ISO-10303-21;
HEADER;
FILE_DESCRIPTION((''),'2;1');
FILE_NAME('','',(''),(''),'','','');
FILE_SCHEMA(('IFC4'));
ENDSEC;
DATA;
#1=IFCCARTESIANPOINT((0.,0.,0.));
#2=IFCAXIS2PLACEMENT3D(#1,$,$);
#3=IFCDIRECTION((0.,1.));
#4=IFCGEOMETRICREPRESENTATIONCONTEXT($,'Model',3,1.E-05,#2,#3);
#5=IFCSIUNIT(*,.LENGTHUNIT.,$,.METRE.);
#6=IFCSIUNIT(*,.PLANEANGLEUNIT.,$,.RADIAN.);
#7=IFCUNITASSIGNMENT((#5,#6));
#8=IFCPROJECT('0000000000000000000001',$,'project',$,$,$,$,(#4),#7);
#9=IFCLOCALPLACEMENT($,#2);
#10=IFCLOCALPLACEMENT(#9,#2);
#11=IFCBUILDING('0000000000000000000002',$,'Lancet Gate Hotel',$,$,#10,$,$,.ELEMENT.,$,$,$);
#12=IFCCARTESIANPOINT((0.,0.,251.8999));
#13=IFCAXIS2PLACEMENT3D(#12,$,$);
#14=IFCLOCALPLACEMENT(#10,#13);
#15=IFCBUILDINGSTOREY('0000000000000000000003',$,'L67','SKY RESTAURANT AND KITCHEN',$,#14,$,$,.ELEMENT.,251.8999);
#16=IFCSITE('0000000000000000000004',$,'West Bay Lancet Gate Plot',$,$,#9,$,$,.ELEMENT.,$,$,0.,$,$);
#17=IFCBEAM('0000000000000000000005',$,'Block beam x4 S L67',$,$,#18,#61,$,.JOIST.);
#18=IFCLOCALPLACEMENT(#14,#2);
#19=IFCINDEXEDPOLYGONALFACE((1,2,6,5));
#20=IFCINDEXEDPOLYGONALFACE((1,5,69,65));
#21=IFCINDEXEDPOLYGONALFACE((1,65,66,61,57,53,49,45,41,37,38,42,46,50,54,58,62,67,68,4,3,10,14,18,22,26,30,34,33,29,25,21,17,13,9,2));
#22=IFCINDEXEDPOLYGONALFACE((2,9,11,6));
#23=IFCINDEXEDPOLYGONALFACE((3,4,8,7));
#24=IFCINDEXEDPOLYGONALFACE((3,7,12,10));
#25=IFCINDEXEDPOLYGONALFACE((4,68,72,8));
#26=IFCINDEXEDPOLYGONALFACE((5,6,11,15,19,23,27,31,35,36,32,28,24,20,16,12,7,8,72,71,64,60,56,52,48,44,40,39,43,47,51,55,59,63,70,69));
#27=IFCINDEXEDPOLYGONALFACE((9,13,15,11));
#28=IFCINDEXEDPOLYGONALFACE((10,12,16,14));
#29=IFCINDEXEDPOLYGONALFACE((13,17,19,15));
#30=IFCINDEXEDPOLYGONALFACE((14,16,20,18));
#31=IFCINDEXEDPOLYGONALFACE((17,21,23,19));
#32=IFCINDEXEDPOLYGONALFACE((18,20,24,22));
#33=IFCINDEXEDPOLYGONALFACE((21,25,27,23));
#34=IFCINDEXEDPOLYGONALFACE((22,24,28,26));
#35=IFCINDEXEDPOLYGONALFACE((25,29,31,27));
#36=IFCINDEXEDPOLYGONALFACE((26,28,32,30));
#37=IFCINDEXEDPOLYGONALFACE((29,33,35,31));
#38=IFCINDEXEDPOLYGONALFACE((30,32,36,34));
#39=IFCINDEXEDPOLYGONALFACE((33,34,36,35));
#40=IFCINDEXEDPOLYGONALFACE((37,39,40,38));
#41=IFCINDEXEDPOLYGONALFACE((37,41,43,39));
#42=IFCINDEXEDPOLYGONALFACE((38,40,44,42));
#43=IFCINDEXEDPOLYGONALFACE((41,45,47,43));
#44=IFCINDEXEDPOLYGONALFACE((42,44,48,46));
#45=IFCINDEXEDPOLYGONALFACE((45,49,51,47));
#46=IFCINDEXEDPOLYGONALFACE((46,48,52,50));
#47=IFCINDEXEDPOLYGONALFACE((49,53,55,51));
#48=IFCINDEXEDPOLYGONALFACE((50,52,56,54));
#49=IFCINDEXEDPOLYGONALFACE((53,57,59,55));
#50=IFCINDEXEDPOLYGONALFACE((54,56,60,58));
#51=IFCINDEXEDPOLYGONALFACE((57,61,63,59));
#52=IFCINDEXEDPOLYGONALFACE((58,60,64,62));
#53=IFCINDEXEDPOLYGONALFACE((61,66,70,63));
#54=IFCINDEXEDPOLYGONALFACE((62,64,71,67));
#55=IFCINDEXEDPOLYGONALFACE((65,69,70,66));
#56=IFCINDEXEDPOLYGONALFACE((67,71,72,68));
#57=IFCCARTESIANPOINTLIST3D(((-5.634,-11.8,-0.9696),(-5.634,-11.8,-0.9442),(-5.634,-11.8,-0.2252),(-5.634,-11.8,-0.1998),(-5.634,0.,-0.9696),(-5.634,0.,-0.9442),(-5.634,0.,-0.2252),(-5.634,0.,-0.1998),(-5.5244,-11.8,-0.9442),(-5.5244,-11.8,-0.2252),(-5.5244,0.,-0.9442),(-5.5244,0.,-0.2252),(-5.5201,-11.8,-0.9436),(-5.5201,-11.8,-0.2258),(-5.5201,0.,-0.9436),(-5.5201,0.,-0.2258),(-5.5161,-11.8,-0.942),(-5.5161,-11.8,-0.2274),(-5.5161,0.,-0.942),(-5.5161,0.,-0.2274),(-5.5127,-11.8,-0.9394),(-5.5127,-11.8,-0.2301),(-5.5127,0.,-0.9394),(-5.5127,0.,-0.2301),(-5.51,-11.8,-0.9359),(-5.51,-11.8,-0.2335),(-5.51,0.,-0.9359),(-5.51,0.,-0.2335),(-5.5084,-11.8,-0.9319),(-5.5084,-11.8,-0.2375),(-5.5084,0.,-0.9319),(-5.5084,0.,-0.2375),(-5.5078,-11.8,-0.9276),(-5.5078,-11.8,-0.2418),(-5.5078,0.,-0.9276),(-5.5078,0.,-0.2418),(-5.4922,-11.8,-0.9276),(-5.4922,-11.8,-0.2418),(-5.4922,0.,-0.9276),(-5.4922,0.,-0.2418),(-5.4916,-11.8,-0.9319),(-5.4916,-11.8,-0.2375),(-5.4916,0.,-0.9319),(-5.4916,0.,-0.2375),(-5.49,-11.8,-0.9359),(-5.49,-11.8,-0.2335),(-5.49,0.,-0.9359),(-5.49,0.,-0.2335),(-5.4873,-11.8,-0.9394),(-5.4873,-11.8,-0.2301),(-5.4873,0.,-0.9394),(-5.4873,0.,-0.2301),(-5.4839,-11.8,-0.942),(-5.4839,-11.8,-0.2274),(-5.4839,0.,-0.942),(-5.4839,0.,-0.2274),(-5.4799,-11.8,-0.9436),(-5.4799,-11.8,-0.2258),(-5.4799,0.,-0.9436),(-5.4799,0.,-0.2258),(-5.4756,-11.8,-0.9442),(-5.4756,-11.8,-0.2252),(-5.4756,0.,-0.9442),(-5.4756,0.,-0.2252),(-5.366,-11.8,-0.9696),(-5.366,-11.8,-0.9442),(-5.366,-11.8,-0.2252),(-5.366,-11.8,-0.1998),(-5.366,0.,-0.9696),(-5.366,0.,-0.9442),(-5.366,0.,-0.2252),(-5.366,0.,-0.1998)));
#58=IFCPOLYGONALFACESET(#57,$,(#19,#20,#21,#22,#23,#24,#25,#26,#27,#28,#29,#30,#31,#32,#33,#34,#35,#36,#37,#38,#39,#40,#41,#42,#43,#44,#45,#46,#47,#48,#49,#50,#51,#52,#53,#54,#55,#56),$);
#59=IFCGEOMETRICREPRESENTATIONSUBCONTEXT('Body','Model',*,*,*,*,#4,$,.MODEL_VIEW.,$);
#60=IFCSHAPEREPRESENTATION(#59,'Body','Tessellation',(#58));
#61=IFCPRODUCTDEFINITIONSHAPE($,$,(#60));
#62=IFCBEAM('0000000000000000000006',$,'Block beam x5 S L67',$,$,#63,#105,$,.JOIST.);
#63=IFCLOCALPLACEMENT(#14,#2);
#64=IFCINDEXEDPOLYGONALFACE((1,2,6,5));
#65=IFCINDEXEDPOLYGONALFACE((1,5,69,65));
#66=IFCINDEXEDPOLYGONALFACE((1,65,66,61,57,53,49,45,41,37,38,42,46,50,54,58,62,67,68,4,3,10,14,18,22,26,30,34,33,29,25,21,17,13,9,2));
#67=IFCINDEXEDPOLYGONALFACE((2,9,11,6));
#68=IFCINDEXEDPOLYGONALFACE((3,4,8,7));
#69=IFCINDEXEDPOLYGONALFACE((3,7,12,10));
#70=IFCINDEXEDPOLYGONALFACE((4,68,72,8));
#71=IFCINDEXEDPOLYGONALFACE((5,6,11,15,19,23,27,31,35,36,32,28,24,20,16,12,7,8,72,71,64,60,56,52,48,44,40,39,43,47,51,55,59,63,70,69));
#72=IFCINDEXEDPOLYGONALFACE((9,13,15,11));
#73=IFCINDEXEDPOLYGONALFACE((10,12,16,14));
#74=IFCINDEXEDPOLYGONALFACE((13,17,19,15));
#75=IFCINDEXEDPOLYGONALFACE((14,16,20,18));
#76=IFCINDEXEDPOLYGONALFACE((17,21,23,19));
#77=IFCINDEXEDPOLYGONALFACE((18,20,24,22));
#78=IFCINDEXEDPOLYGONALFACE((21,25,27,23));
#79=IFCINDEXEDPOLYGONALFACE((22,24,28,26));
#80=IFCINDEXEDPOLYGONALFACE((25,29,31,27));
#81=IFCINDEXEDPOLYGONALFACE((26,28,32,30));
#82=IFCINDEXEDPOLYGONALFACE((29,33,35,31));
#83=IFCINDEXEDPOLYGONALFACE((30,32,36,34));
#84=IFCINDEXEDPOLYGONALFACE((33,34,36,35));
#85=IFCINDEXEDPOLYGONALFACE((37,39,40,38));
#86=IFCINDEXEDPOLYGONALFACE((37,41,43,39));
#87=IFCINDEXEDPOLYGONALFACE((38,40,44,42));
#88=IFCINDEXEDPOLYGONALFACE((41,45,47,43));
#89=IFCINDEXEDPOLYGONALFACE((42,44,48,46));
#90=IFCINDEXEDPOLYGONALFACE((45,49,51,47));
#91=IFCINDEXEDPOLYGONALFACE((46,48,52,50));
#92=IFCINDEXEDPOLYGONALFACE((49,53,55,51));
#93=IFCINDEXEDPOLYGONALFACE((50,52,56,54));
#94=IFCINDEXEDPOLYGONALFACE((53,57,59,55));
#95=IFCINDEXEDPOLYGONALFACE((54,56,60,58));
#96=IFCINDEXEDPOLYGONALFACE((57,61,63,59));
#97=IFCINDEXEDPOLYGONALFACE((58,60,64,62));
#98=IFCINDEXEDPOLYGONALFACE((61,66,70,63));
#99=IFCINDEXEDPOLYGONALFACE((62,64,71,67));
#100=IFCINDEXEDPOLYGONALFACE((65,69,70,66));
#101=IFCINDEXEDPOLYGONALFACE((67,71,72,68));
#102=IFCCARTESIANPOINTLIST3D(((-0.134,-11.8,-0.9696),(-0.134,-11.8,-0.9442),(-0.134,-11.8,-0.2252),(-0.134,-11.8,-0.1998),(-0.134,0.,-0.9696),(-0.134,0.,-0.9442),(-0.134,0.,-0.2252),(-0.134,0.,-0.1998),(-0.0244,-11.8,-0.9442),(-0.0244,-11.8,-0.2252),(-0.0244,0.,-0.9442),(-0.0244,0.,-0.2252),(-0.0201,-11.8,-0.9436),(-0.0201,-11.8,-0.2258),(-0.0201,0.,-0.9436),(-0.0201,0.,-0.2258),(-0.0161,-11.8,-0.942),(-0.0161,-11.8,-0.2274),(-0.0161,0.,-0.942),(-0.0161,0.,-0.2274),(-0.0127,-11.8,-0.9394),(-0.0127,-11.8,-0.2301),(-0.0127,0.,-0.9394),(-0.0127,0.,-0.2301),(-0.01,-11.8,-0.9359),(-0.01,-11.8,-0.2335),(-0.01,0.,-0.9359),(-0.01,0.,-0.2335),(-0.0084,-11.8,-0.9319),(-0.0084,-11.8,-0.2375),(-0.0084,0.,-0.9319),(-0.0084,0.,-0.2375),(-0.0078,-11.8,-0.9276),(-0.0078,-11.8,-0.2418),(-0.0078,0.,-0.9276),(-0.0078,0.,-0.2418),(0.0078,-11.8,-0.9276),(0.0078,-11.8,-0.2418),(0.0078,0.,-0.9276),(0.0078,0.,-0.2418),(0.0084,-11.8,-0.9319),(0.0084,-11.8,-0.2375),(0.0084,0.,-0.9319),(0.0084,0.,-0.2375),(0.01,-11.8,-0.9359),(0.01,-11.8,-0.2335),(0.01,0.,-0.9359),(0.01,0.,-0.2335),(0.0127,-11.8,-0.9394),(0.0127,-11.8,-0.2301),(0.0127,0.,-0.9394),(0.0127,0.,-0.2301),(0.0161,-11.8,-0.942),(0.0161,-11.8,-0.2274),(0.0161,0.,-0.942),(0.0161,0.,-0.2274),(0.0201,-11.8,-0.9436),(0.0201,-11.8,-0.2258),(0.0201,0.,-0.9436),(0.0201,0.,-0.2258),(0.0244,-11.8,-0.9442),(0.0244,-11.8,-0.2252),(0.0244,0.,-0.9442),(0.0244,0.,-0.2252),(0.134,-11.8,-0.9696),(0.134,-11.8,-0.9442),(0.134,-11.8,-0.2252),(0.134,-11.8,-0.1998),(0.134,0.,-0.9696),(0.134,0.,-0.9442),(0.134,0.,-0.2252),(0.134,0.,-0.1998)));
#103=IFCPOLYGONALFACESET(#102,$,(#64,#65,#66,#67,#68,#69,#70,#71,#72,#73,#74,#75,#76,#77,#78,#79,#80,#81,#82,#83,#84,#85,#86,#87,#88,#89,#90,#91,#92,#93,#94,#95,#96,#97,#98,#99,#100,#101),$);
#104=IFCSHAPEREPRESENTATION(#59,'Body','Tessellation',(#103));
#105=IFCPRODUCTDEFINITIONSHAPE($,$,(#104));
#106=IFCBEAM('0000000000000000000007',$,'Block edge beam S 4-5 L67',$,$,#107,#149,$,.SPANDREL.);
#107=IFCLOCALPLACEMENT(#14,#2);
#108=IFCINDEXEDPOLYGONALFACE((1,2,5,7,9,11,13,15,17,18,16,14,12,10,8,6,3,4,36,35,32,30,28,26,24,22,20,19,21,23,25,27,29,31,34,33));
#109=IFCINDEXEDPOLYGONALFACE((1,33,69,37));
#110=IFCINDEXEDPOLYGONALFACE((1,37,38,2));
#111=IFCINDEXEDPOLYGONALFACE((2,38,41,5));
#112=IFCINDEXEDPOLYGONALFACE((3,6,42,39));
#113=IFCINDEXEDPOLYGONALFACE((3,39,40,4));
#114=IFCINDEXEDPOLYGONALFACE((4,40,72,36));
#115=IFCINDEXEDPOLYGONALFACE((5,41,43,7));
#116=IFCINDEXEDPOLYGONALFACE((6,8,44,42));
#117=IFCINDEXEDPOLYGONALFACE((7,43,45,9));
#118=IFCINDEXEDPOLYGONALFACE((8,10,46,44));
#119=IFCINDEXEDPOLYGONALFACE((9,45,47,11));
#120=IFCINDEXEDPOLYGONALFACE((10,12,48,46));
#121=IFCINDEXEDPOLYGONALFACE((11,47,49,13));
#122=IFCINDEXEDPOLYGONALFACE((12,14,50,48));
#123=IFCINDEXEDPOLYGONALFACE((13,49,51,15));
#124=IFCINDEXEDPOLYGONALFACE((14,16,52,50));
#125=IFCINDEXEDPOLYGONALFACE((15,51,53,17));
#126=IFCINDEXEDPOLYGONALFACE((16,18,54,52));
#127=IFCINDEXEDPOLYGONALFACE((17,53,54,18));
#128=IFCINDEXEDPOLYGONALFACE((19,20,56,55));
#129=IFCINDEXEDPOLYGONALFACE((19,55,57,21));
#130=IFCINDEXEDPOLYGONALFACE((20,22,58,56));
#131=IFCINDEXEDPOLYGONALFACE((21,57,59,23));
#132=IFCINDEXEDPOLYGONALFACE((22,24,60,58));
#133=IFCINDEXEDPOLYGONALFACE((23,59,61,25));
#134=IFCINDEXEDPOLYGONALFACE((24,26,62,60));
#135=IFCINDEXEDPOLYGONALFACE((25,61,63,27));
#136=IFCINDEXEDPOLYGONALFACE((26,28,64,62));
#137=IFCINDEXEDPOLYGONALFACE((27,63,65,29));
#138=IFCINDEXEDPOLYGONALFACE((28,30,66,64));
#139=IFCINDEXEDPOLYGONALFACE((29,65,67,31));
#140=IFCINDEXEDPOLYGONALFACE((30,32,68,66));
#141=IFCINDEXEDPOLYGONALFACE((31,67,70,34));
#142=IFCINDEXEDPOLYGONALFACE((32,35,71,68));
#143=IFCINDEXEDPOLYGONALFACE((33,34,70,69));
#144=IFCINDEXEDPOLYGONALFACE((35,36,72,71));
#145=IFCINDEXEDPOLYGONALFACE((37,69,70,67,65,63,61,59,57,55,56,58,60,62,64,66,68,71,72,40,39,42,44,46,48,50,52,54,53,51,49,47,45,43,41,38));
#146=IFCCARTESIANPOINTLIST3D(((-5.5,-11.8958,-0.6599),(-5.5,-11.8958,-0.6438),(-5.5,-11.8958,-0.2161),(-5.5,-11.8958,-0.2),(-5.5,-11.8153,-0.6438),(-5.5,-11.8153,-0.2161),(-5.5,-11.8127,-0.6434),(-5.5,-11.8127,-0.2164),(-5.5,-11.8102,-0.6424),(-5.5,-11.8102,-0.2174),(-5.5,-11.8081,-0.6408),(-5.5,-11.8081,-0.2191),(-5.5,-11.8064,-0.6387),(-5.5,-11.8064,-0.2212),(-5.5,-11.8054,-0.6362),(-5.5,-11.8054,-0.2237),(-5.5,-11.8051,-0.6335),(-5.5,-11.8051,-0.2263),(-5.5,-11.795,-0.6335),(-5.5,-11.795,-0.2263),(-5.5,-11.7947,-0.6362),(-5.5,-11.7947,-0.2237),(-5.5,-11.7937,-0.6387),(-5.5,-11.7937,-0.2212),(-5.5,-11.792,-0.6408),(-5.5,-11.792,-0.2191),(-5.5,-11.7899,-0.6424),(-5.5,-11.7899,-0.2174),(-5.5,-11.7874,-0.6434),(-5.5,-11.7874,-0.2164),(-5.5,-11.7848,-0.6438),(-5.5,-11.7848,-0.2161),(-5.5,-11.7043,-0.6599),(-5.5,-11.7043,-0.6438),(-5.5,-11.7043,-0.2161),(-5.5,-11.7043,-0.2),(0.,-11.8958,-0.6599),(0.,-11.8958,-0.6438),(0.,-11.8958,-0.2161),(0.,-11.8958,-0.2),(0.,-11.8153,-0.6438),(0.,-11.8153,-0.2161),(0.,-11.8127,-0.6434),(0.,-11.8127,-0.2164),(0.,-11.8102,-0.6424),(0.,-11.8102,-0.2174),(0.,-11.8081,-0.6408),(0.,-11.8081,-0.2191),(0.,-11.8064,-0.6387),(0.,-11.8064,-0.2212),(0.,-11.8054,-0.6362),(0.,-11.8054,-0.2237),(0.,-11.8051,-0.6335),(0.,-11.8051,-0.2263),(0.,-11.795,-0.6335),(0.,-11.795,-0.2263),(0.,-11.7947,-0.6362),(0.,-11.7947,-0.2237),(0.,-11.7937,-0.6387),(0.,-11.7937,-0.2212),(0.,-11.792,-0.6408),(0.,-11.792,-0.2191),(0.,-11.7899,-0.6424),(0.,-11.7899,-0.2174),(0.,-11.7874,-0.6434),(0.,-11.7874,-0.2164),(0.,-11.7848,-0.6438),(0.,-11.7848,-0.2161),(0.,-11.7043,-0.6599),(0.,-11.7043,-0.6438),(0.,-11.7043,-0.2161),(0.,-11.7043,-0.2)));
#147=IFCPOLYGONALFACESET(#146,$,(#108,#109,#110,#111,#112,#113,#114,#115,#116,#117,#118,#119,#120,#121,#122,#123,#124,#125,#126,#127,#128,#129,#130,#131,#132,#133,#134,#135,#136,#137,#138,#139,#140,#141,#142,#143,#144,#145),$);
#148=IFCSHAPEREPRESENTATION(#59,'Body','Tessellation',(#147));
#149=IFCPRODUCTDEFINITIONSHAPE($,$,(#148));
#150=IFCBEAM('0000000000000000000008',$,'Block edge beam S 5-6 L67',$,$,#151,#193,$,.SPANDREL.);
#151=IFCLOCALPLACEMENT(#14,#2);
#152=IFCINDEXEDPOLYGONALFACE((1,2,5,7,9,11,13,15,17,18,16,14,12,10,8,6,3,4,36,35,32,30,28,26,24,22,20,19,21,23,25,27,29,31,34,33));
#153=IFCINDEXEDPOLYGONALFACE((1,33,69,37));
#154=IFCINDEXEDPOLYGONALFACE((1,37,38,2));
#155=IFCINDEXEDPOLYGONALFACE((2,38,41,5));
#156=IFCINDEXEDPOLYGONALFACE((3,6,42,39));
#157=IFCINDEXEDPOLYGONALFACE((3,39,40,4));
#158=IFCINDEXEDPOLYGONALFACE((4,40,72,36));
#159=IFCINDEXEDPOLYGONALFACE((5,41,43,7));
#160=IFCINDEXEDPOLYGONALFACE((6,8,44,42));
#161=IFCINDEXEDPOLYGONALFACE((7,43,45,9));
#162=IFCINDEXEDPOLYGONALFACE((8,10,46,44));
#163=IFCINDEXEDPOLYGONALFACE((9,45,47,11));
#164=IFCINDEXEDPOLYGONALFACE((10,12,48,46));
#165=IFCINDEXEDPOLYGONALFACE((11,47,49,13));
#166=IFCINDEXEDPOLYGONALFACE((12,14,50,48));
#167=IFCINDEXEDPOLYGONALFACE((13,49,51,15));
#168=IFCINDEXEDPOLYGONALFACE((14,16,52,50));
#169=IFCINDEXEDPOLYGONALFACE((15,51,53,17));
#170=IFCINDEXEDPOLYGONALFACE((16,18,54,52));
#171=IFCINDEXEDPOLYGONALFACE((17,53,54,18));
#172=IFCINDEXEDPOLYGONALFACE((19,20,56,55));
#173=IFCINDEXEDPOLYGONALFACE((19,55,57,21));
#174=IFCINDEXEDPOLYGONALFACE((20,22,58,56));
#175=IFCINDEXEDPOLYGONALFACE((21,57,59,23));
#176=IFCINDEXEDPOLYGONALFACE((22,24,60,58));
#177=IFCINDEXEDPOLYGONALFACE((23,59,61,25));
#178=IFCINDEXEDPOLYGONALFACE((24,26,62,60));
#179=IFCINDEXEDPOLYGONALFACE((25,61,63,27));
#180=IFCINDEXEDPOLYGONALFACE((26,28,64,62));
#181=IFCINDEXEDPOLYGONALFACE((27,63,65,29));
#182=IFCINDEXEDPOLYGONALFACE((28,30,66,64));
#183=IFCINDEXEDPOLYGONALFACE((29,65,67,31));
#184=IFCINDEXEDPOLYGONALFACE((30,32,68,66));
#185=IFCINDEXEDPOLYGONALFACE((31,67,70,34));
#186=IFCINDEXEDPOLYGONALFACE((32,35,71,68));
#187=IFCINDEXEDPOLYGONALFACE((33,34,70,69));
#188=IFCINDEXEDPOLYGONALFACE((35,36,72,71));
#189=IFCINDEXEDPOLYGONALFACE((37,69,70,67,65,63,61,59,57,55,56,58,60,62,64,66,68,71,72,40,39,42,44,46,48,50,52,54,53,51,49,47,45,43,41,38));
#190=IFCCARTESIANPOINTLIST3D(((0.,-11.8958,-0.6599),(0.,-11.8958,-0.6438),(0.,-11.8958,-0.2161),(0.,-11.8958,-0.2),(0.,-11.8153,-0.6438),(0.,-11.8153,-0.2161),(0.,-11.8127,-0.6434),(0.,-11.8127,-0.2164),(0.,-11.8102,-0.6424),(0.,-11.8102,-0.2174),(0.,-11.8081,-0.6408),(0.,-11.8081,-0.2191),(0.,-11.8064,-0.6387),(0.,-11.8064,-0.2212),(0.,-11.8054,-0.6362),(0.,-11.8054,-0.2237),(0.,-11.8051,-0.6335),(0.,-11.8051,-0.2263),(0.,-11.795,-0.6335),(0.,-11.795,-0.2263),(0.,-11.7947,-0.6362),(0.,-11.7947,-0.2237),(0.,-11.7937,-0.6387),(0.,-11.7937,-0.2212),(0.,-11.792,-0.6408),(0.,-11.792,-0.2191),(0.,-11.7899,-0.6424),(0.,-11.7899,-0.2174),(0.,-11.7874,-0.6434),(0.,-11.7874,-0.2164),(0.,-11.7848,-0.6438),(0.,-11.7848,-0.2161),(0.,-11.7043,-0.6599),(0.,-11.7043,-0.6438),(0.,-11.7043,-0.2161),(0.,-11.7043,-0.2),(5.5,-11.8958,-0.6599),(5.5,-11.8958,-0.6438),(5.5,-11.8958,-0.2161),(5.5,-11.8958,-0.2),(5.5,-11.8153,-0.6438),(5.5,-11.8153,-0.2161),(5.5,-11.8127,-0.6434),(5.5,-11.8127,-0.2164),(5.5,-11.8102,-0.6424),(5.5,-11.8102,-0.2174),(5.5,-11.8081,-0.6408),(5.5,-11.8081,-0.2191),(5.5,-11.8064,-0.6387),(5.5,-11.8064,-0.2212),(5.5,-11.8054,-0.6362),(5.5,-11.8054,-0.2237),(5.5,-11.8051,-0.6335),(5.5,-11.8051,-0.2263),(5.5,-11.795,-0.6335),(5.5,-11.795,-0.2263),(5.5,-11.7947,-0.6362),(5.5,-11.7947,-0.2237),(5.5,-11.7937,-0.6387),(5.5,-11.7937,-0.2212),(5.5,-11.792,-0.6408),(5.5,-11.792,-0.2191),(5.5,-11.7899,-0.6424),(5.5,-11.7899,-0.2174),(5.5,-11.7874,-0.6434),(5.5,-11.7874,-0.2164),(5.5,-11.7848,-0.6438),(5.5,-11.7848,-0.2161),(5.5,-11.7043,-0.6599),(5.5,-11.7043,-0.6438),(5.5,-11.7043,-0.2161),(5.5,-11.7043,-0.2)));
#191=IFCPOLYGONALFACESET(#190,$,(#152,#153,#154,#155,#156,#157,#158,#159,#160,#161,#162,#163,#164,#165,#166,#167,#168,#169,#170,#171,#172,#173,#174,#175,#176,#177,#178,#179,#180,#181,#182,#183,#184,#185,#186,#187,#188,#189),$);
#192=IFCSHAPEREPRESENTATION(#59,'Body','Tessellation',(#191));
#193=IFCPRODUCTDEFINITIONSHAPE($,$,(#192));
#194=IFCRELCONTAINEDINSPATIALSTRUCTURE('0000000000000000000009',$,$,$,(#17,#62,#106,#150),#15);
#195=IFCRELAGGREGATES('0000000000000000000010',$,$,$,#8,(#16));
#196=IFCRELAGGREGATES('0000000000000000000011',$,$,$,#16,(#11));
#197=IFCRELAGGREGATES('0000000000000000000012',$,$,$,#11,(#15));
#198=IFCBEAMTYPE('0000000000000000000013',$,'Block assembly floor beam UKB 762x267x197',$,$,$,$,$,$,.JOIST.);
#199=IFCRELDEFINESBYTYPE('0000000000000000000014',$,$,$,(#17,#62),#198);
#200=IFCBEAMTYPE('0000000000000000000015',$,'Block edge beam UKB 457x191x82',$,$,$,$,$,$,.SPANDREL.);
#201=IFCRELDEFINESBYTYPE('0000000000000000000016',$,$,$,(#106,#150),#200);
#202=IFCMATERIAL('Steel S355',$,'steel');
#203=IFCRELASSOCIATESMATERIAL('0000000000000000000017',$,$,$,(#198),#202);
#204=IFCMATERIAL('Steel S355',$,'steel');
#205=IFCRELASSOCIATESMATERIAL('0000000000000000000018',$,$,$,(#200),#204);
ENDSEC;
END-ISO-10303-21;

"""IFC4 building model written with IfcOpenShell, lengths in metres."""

from ifc_helpers import new_model, si_unit, direction, frame, origin, origin_2d, place, context, subcontext, project, spatial, i_section, extrude, material, material_profile, profile_set, type_object, element, save


model = new_model("IFC4")

# Units and contexts
model_context = context("Model", 3, precision=1e-05, world=origin(), true_north=direction((0.0, 1.0)))
body_context = subcontext(model_context, "Body", "Model", "MODEL_VIEW")
ifc_project = project(units=[si_unit("LENGTHUNIT", "METRE"), si_unit("PLANEANGLEUNIT", "RADIAN")], contexts=[model_context])

# Site, building, storey
site_placement = place(None, origin())
site = spatial("IfcSite", under=ifc_project, at=site_placement, Name="West Bay Lancet Gate Plot", CompositionType="ELEMENT", RefElevation=0.0)
building_placement = place(site_placement, origin())
building = spatial("IfcBuilding", under=site, at=building_placement, Name="Lancet Gate Hotel", CompositionType="ELEMENT")
storey_placement = place(building_placement, frame((0.0, 0.0, 251.8999)))
storey = spatial("IfcBuildingStorey", under=building, at=storey_placement, Name="L67", Description="SKY RESTAURANT AND KITCHEN", CompositionType="ELEMENT", Elevation=251.8999)

# Beams
ifc_material_1 = material(Name="Steel S355", Category="steel")
ifc_material_profile_1 = material_profile(ifc_material_1, i_section(OverallWidth=0.2681, OverallDepth=0.7698, WebThickness=0.0156, FlangeThickness=0.0254, FilletRadius=0.0166, at=origin_2d()), Name="UKB 762x267x197")
ifc_profile_set_1 = profile_set([ifc_material_profile_1], Name="Steel S355")
beam_type_1 = type_object("IfcBeamType", Name="Block assembly floor beam UKB 762x267x197", PredefinedType="JOIST", material=ifc_profile_set_1)
for number, where, z_axis, x_axis, name in (
    (1, (-5.5, -11.8, -0.5847), (0.0, 1.0, 0.0), (-1.0, 0.0, 0.0), "Block beam x4 S L67"),
    (2, (0.0, -11.8, -0.5847), (0.0, 1.0, 0.0), (-1.0, 0.0, 0.0), "Block beam x5 S L67"),
):
    element("IfcBeam", number, at=place(storey_placement, frame(where, z_axis=z_axis, x_axis=x_axis)), inside=storey, type_object=beam_type_1, Name=name, PredefinedType="JOIST", context=body_context, shape_type="SweptSolid", body=[
        extrude(i_section(OverallWidth=0.2681, OverallDepth=0.7698, WebThickness=0.0156, FlangeThickness=0.0254, FilletRadius=0.0166, at=origin_2d()), origin(), (0.0, 0.0, 1.0), 11.8),
    ])
ifc_material_2 = material(Name="Steel S355", Category="steel")
ifc_material_profile_2 = material_profile(ifc_material_2, i_section(OverallWidth=0.1914, OverallDepth=0.46, WebThickness=0.01, FlangeThickness=0.0161, FilletRadius=0.0103, at=origin_2d()), Name="UKB 457x191x82")
ifc_profile_set_2 = profile_set([ifc_material_profile_2], Name="Steel S355")
beam_type_2 = type_object("IfcBeamType", Name="Block edge beam UKB 457x191x82", PredefinedType="SPANDREL", material=ifc_profile_set_2)
for number, where, z_axis, x_axis, name in (
    (3, (-5.5, -11.8, -0.4299), (1.0, 0.0, 0.0), (0.0, 1.0, 0.0), "Block edge beam S 4-5 L67"),
    (4, (0.0, -11.8, -0.4299), (1.0, 0.0, 0.0), (0.0, 1.0, 0.0), "Block edge beam S 5-6 L67"),
):
    element("IfcBeam", number, at=place(storey_placement, frame(where, z_axis=z_axis, x_axis=x_axis)), inside=storey, type_object=beam_type_2, Name=name, PredefinedType="SPANDREL", context=body_context, shape_type="SweptSolid", body=[
        extrude(i_section(OverallWidth=0.1914, OverallDepth=0.46, WebThickness=0.01, FlangeThickness=0.0161, FilletRadius=0.0103, at=origin_2d()), origin(), (0.0, 0.0, 1.0), 5.5),
    ])

save(model, "model.ifc")
